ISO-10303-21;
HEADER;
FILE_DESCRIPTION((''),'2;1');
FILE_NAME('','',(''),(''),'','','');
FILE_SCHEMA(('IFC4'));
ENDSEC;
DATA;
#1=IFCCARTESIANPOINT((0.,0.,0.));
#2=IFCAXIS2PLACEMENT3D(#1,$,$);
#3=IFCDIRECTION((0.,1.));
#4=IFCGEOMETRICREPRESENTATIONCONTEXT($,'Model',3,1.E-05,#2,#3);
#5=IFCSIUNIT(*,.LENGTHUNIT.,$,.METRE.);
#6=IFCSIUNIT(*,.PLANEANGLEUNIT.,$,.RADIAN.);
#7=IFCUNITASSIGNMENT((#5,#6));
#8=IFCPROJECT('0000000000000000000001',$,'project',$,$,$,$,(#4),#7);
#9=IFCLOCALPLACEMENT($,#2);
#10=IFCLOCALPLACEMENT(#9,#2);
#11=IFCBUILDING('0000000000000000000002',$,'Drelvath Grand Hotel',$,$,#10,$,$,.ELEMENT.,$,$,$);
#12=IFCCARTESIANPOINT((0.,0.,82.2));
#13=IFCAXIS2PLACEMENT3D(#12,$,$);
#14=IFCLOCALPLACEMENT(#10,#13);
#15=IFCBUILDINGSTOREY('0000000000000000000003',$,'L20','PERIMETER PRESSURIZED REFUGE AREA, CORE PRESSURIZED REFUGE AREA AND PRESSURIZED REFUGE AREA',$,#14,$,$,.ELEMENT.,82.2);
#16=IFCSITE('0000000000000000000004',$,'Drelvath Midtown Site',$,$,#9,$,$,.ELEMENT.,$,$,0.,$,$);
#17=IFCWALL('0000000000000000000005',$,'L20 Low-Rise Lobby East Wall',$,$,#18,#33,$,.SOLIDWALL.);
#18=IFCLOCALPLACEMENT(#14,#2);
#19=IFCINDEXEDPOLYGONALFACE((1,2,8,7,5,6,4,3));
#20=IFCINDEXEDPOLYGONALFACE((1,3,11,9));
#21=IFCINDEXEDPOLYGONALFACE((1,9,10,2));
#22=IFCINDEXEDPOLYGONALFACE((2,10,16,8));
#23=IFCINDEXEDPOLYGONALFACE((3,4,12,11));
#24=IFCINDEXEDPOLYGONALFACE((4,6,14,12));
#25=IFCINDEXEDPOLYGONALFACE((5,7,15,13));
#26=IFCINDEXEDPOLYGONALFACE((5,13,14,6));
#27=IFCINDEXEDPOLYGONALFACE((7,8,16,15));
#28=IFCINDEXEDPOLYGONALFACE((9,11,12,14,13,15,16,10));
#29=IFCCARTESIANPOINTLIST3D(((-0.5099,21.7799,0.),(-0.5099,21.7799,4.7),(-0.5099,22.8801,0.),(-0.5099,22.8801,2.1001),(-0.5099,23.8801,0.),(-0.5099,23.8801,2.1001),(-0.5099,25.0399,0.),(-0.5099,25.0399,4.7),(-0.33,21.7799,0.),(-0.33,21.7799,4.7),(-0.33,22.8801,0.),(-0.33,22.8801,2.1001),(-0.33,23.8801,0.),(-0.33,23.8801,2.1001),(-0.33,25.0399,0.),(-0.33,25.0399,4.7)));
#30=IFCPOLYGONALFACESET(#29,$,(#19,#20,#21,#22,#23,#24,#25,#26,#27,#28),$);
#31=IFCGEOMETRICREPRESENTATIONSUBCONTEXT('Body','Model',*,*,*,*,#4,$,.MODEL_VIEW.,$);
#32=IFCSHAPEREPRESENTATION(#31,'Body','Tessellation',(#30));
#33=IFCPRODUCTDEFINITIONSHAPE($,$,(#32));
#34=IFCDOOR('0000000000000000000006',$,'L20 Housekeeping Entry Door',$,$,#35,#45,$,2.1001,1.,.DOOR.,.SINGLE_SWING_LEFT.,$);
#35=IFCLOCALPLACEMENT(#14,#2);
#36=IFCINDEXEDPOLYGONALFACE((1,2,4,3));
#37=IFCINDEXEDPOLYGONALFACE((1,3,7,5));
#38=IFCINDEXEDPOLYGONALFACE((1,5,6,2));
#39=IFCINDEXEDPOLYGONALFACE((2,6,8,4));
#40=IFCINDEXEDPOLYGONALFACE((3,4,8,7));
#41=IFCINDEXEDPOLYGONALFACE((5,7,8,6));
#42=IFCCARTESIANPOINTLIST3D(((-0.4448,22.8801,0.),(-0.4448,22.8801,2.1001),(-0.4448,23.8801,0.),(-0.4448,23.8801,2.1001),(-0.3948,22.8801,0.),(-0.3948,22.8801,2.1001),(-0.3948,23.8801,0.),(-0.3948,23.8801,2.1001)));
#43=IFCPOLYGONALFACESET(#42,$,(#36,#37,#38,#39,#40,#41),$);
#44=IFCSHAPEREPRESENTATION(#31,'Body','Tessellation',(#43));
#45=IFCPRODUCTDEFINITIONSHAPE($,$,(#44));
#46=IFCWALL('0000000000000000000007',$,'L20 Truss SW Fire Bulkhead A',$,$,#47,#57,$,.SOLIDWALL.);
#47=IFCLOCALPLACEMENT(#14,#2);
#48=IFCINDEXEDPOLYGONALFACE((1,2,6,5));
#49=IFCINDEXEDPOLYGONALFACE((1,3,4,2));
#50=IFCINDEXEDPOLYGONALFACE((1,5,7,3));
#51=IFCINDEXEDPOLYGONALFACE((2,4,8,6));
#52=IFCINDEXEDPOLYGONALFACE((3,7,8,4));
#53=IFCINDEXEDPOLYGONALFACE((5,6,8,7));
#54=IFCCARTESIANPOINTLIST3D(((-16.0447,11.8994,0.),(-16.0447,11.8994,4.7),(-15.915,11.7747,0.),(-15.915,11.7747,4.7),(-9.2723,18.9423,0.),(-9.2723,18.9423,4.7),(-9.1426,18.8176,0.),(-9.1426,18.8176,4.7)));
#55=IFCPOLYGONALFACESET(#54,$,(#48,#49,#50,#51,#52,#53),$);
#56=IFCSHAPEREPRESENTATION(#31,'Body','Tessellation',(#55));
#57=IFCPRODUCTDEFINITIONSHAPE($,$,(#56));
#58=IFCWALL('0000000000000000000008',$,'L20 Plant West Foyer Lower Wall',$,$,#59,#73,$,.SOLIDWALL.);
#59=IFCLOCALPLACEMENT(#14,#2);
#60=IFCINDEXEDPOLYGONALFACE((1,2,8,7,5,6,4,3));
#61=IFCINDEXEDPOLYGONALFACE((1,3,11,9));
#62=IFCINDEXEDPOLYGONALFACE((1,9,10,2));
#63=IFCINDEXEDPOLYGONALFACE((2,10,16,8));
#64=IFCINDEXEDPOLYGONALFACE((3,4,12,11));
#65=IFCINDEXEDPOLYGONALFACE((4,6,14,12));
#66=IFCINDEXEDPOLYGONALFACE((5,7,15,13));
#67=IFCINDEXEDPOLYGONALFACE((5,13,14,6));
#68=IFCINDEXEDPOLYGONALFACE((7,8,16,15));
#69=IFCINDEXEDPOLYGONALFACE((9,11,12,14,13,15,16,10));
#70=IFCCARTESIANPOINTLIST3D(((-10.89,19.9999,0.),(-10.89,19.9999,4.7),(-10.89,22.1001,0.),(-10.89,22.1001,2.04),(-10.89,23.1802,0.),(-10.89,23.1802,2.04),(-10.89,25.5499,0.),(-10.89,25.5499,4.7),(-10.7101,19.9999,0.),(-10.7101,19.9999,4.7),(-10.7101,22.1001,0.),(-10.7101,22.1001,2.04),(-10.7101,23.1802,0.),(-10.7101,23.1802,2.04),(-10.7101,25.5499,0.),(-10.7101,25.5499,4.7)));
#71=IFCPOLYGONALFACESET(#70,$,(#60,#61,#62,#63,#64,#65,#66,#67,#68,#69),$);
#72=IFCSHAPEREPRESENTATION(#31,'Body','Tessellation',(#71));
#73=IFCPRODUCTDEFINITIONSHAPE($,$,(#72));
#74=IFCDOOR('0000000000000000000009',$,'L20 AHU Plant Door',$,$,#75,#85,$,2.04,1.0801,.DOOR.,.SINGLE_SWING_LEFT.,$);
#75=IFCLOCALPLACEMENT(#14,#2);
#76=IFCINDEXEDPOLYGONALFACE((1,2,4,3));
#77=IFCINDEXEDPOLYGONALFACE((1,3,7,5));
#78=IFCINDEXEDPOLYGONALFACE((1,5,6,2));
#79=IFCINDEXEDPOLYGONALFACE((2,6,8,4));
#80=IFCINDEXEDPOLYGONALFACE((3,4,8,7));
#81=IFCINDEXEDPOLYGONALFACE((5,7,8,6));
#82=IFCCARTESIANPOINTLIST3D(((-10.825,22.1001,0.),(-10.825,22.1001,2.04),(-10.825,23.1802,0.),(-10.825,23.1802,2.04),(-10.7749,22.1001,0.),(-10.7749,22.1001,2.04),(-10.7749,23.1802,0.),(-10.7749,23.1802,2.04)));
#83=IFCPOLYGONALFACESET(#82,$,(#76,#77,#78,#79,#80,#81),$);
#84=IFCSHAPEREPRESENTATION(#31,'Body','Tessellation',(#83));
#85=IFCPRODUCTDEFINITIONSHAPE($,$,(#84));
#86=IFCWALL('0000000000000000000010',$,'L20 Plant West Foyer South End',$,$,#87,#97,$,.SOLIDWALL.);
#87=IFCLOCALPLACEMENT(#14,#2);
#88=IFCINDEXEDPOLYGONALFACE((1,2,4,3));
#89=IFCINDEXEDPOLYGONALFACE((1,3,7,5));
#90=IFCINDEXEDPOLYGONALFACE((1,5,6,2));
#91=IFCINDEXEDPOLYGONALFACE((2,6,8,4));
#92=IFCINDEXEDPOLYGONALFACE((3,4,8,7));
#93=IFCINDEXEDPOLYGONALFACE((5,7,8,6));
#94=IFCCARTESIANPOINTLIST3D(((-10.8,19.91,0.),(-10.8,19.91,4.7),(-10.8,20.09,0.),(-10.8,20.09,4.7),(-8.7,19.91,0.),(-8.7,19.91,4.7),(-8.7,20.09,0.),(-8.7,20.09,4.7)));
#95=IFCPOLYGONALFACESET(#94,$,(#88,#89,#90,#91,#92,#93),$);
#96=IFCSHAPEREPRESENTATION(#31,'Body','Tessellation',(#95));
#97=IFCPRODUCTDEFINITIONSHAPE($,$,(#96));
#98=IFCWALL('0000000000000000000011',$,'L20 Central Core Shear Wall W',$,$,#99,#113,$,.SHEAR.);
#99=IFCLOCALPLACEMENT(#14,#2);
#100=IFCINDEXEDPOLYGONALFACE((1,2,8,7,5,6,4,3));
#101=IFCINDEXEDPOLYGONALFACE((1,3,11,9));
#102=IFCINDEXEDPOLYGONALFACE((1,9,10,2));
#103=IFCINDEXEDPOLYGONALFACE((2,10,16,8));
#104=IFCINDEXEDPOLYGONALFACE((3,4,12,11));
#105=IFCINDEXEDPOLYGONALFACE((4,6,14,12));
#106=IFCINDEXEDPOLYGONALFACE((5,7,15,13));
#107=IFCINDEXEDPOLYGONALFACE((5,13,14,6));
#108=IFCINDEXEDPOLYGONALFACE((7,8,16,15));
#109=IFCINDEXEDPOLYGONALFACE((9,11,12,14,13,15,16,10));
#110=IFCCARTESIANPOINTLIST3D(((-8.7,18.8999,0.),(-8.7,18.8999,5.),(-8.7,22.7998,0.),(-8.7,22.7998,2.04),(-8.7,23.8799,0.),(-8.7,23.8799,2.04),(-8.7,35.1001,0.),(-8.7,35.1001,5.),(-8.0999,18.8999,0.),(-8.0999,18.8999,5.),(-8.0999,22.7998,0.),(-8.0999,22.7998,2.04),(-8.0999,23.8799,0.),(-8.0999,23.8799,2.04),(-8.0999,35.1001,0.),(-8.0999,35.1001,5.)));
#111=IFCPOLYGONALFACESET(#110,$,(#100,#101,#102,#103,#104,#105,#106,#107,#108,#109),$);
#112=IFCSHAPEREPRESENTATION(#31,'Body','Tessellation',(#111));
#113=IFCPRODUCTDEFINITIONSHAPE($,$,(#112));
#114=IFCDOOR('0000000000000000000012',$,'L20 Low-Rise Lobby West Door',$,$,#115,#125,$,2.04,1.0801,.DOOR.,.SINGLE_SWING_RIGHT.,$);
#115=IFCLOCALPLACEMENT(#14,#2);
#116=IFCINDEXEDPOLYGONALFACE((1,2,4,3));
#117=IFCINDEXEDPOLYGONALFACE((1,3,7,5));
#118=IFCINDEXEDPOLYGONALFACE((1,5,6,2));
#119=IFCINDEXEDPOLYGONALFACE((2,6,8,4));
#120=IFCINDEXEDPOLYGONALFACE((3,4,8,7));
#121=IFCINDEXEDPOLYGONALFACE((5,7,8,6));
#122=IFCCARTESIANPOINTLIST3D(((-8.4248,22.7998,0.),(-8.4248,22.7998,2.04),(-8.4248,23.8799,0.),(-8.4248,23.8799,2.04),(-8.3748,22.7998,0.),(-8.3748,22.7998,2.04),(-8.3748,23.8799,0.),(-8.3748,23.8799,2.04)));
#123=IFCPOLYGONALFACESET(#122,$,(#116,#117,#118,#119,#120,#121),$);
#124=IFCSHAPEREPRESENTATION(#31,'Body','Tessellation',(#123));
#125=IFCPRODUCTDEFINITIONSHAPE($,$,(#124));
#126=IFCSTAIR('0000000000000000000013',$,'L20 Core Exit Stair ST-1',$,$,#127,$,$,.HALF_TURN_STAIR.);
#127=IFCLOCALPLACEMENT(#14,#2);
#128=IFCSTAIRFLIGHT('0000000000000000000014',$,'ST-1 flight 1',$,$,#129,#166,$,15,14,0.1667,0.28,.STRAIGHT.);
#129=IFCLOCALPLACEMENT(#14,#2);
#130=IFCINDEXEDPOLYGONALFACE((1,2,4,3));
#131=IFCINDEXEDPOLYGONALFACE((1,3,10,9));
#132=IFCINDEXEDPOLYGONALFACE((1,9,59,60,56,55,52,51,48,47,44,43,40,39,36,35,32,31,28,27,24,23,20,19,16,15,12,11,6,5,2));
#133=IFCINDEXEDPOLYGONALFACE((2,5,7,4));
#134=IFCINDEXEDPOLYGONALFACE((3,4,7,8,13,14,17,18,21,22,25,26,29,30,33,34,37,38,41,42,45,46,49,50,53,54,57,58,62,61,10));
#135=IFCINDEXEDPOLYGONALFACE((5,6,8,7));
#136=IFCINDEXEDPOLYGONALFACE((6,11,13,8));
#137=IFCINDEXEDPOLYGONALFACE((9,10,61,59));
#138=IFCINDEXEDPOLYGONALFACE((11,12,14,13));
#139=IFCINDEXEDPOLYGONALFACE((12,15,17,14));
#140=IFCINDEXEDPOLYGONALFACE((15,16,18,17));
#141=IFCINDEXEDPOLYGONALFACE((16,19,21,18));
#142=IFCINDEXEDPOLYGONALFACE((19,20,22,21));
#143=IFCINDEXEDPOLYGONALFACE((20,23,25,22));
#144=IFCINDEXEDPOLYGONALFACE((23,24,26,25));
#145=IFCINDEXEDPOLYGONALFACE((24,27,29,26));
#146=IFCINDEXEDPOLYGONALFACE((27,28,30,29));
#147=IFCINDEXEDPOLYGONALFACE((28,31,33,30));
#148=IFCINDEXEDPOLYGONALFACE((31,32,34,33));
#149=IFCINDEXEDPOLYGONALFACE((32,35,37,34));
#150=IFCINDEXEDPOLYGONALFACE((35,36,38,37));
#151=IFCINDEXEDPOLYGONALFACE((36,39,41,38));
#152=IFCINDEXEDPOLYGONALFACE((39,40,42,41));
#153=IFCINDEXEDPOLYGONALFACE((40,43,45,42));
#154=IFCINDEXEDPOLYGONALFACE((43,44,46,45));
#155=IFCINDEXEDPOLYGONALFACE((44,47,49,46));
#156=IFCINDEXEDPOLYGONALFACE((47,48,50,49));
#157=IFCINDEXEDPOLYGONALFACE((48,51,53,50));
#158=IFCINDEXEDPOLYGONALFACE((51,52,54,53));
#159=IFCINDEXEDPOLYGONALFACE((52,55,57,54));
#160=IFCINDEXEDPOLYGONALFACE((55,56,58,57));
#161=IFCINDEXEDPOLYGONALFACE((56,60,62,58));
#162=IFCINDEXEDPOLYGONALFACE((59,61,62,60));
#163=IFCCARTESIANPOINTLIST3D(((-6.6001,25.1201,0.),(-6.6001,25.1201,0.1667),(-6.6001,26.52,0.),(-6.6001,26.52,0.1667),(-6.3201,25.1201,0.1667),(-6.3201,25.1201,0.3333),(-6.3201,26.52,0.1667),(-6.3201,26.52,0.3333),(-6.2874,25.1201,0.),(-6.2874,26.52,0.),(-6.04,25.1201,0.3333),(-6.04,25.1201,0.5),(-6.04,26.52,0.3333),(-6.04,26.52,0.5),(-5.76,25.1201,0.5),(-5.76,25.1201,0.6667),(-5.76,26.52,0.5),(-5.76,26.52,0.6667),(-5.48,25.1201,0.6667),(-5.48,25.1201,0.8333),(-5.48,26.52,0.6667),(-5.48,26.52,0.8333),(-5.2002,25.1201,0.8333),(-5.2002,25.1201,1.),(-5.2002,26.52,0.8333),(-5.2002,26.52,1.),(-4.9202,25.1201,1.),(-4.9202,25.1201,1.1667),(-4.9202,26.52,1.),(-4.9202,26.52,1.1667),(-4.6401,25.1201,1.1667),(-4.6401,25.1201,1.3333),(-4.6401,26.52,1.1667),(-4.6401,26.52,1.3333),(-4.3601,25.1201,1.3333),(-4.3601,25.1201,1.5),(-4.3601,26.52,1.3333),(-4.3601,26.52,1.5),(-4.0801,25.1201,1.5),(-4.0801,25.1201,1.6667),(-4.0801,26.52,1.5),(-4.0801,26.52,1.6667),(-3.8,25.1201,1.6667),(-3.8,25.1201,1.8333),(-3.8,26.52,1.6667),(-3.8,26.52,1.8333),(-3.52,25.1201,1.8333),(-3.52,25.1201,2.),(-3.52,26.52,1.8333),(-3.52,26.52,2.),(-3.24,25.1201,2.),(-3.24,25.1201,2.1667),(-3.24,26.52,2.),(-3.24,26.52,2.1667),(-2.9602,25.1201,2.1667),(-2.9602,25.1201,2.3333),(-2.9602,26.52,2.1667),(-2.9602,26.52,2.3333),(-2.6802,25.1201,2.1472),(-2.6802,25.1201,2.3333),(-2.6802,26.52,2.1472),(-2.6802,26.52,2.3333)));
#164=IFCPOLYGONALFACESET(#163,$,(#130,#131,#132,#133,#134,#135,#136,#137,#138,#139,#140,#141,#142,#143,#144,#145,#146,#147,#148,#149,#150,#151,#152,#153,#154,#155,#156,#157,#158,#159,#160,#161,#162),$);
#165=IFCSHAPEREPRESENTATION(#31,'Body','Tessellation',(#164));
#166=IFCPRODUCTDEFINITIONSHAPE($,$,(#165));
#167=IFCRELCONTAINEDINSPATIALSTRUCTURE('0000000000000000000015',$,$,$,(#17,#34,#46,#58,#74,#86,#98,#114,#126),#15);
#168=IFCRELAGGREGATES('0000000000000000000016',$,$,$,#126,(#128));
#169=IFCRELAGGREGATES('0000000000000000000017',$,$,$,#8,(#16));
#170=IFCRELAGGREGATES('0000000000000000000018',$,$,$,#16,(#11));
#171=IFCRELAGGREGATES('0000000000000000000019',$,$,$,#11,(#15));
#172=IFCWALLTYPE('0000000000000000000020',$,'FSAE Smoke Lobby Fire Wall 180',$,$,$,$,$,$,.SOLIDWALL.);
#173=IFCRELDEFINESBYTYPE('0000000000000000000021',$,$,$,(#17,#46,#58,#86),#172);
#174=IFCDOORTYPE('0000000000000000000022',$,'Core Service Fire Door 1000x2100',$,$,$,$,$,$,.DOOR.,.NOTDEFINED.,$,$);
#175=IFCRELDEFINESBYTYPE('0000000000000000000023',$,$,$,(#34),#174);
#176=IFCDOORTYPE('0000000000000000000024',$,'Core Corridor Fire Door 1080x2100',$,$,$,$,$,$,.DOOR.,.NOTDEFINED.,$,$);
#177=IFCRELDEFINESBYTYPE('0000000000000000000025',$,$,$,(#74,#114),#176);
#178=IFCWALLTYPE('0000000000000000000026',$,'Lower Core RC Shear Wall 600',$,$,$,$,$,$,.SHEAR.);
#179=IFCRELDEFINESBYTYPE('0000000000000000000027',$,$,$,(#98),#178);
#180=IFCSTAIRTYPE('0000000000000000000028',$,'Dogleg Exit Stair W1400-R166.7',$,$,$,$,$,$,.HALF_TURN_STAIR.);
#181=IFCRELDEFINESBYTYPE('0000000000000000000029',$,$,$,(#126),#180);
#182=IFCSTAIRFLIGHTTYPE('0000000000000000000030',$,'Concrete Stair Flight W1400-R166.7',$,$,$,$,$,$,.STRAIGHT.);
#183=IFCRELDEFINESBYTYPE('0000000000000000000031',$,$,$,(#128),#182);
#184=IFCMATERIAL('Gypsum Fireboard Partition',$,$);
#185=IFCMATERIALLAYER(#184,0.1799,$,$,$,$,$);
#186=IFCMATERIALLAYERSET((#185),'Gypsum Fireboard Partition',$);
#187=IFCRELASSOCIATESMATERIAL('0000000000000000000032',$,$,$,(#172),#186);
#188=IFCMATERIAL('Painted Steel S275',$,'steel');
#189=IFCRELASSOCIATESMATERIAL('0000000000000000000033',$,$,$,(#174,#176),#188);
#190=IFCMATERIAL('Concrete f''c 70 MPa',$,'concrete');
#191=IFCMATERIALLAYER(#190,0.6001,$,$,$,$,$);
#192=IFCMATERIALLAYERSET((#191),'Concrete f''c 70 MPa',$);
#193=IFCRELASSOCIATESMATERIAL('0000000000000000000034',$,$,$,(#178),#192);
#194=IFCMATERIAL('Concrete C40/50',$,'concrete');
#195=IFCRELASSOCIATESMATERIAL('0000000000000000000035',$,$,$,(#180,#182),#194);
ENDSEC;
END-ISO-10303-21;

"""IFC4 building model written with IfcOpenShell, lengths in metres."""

from ifc_helpers import new_model, si_unit, direction, frame, frame_2d, origin, place, context, subcontext, project, spatial, polyline, rectangle, outline, extrude, material, layer, layer_set, type_object, element, fill, aggregate, save


model = new_model("IFC4")

# Units and contexts
model_context = context("Model", 3, precision=1e-05, world=origin(), true_north=direction((0.0, 1.0)))
body_context = subcontext(model_context, "Body", "Model", "MODEL_VIEW")
ifc_project = project(units=[si_unit("LENGTHUNIT", "METRE"), si_unit("PLANEANGLEUNIT", "RADIAN")], contexts=[model_context])

# Site, building, storey
site_placement = place(None, origin())
site = spatial("IfcSite", under=ifc_project, at=site_placement, Name="Drelvath Midtown Site", CompositionType="ELEMENT", RefElevation=0.0)
building_placement = place(site_placement, origin())
building = spatial("IfcBuilding", under=site, at=building_placement, Name="Drelvath Grand Hotel", CompositionType="ELEMENT")
storey_placement = place(building_placement, frame((0.0, 0.0, 82.2)))
storey = spatial("IfcBuildingStorey", under=building, at=storey_placement, Name="L20", Description="PERIMETER PRESSURIZED REFUGE AREA, CORE PRESSURIZED REFUGE AREA AND PRESSURIZED REFUGE AREA", CompositionType="ELEMENT", Elevation=82.2)

# Shared definitions
ifc_material_1 = material(Name="Concrete f'c 70 MPa", Category="concrete")

# Shared definitions
ifc_material_2 = material(Name="Concrete C40/50", Category="concrete")

# Shared definitions
ifc_material_3 = material(Name="Painted Steel S275", Category="steel")

# Shared definitions
ifc_material_4 = material(Name="Gypsum Fireboard Partition")

# Wall, opening, door
ifc_layer_1 = layer(ifc_material_4, 0.1799)
ifc_layer_set_1 = layer_set([ifc_layer_1], Name="Gypsum Fireboard Partition")
wall_type_1 = type_object("IfcWallType", Name="FSAE Smoke Lobby Fire Wall 180", PredefinedType="SOLIDWALL", material=ifc_layer_set_1)
wall_1_placement = place(storey_placement, frame((-0.4199, 21.78, 0.0), z_axis=(0.0, 0.0, 1.0), x_axis=(0.0, 1.0, 0.0)))
wall_1 = element("IfcWall", 1, at=wall_1_placement, inside=storey, type_object=wall_type_1, Name="L20 Low-Rise Lobby East Wall", PredefinedType="SOLIDWALL", context=body_context, shape_type="SweptSolid", body=[
    extrude(rectangle(XDim=3.26, YDim=0.1799, at=frame_2d((1.6299, 0.0))), origin(), (0.0, 0.0, 1.0), 4.7),
])
opening_1_placement = place(wall_1_placement, frame((1.1001, 0.0, 0.0)))
opening_1 = element("IfcOpeningElement", 2, at=opening_1_placement, cuts=wall_1, PredefinedType="OPENING", context=body_context, shape_type="SweptSolid", body=[
    extrude(rectangle(XDim=1.0, YDim=2.1001, at=frame_2d((0.5, 1.05))), frame((0.0, 0.0999, 0.0), z_axis=(0.0, -1.0, 0.0), x_axis=(1.0, 0.0, 0.0)), (0.0, 0.0, 1.0), 0.2),
])
door_type_1 = type_object("IfcDoorType", Name="Core Service Fire Door 1000x2100", OperationType="NOTDEFINED", PredefinedType="DOOR", material=ifc_material_3)
door_1_placement = place(opening_1_placement, origin())
door_1 = element("IfcDoor", 3, at=door_1_placement, inside=storey, type_object=door_type_1, Name="L20 Housekeeping Entry Door", OperationType="SINGLE_SWING_LEFT", OverallHeight=2.1001, OverallWidth=1.0, PredefinedType="DOOR", context=body_context, shape_type="SweptSolid", body=[
    extrude(rectangle(XDim=1.0, YDim=2.1001, at=frame_2d((0.5, 1.05))), frame((0.0, 0.0249, 0.0), z_axis=(0.0, -1.0, 0.0), x_axis=(1.0, 0.0, 0.0)), (0.0, 0.0, 1.0), 0.05),
])
fill(opening_1, door_1)

# Wall
wall_2_placement = place(storey_placement, frame((-9.2075, 18.8799, 0.0), z_axis=(0.0, 0.0, 1.0), x_axis=(-0.693129, -0.720814, 0.0)))
element("IfcWall", 4, at=wall_2_placement, inside=storey, type_object=wall_type_1, Name="L20 Truss SW Fire Bulkhead A", PredefinedType="SOLIDWALL", context=body_context, shape_type="SweptSolid", body=[
    extrude(rectangle(XDim=9.7708, YDim=0.1799, at=frame_2d((4.8853, 0.0))), origin(), (0.0, 0.0, 1.0), 4.7),
])

# Wall, opening, door
wall_3_placement = place(storey_placement, frame((-10.8, 20.0, 0.0), z_axis=(0.0, 0.0, 1.0), x_axis=(0.0, 1.0, 0.0)))
wall_3 = element("IfcWall", 5, at=wall_3_placement, inside=storey, type_object=wall_type_1, Name="L20 Plant West Foyer Lower Wall", PredefinedType="SOLIDWALL", context=body_context, shape_type="SweptSolid", body=[
    extrude(rectangle(XDim=5.55, YDim=0.1799, at=frame_2d((2.7749, 0.0))), origin(), (0.0, 0.0, 1.0), 4.7),
])
opening_2_placement = place(wall_3_placement, frame((2.1001, 0.0, 0.0)))
opening_2 = element("IfcOpeningElement", 6, at=opening_2_placement, cuts=wall_3, PredefinedType="OPENING", context=body_context, shape_type="SweptSolid", body=[
    extrude(rectangle(XDim=1.0801, YDim=2.04, at=frame_2d((0.54, 1.02))), frame((0.0, 0.0999, 0.0), z_axis=(0.0, -1.0, 0.0), x_axis=(1.0, 0.0, 0.0)), (0.0, 0.0, 1.0), 0.2),
])
door_type_2 = type_object("IfcDoorType", Name="Core Corridor Fire Door 1080x2100", OperationType="NOTDEFINED", PredefinedType="DOOR", material=ifc_material_3)
door_2_placement = place(opening_2_placement, origin())
door_2 = element("IfcDoor", 7, at=door_2_placement, inside=storey, type_object=door_type_2, Name="L20 AHU Plant Door", OperationType="SINGLE_SWING_LEFT", OverallHeight=2.04, OverallWidth=1.0801, PredefinedType="DOOR", context=body_context, shape_type="SweptSolid", body=[
    extrude(rectangle(XDim=1.0801, YDim=2.04, at=frame_2d((0.54, 1.02))), frame((0.0, 0.0249, 0.0), z_axis=(0.0, -1.0, 0.0), x_axis=(1.0, 0.0, 0.0)), (0.0, 0.0, 1.0), 0.05),
])
fill(opening_2, door_2)

# Wall
wall_4_placement = place(storey_placement, frame((-10.8, 20.0, 0.0), z_axis=(0.0, 0.0, 1.0), x_axis=(1.0, 0.0, 0.0)))
element("IfcWall", 8, at=wall_4_placement, inside=storey, type_object=wall_type_1, Name="L20 Plant West Foyer South End", PredefinedType="SOLIDWALL", context=body_context, shape_type="SweptSolid", body=[
    extrude(rectangle(XDim=2.1001, YDim=0.1799, at=frame_2d((1.05, 0.0))), origin(), (0.0, 0.0, 1.0), 4.7),
])

# Wall, opening, door
ifc_layer_2 = layer(ifc_material_1, 0.6001)
ifc_layer_set_2 = layer_set([ifc_layer_2], Name="Concrete f'c 70 MPa")
wall_type_2 = type_object("IfcWallType", Name="Lower Core RC Shear Wall 600", PredefinedType="SHEAR", material=ifc_layer_set_2)
wall_5_placement = place(storey_placement, frame((-8.3999, 18.8999, 0.0), z_axis=(0.0, 0.0, 1.0), x_axis=(0.0, 1.0, 0.0)))
wall_5 = element("IfcWall", 9, at=wall_5_placement, inside=storey, type_object=wall_type_2, Name="L20 Central Core Shear Wall W", PredefinedType="SHEAR", context=body_context, shape_type="SweptSolid", body=[
    extrude(rectangle(XDim=16.2002, YDim=0.6001, at=frame_2d((8.1001, 0.0))), origin(), (0.0, 0.0, 1.0), 5.0),
])
opening_3_placement = place(wall_5_placement, frame((3.8999, 0.0, 0.0)))
opening_3 = element("IfcOpeningElement", 10, at=opening_3_placement, cuts=wall_5, PredefinedType="OPENING", context=body_context, shape_type="SweptSolid", body=[
    extrude(rectangle(XDim=1.0801, YDim=2.04, at=frame_2d((0.54, 1.02))), frame((0.0, 0.3101, 0.0), z_axis=(0.0, -1.0, 0.0), x_axis=(1.0, 0.0, 0.0)), (0.0, 0.0, 1.0), 0.6201),
])
door_3_placement = place(opening_3_placement, origin())
door_3 = element("IfcDoor", 11, at=door_3_placement, inside=storey, type_object=door_type_2, Name="L20 Low-Rise Lobby West Door", OperationType="SINGLE_SWING_RIGHT", OverallHeight=2.04, OverallWidth=1.0801, PredefinedType="DOOR", context=body_context, shape_type="SweptSolid", body=[
    extrude(rectangle(XDim=1.0801, YDim=2.04, at=frame_2d((0.54, 1.02))), frame((0.0, 0.0249, 0.0), z_axis=(0.0, -1.0, 0.0), x_axis=(1.0, 0.0, 0.0)), (0.0, 0.0, 1.0), 0.05),
])
fill(opening_3, door_3)

# Stair, stair flight
stair_type = type_object("IfcStairType", Name="Dogleg Exit Stair W1400-R166.7", PredefinedType="HALF_TURN_STAIR", material=ifc_material_2)
stair_placement = place(storey_placement, origin())
stair = element("IfcStair", 12, at=stair_placement, inside=storey, type_object=stair_type, Name="L20 Core Exit Stair ST-1", PredefinedType="HALF_TURN_STAIR")
stair_flight_type = type_object("IfcStairFlightType", Name="Concrete Stair Flight W1400-R166.7", PredefinedType="STRAIGHT", material=ifc_material_2)
stair_flight_placement = place(storey_placement, frame((-6.6001, 25.8201, 0.0), z_axis=(0.0, 0.0, 1.0), x_axis=(1.0, 0.0, 0.0)))
stair_flight = element("IfcStairFlight", 13, at=stair_flight_placement, type_object=stair_flight_type, Name="ST-1 flight 1", NumberOfRisers=15, NumberOfTreads=14, PredefinedType="STRAIGHT", RiserHeight=0.1667, TreadLength=0.28, context=body_context, shape_type="SweptSolid", body=[
    extrude(outline(polyline([(0.0, 0.0), (0.0, 0.1667), (0.28, 0.1667), (0.28, 0.3333), (0.5601, 0.3333), (0.5601, 0.5), (0.8401, 0.5), (0.8401, 0.6667), (1.1201, 0.6667), (1.1201, 0.8333), (1.3999, 0.8333), (1.3999, 1.0), (1.6799, 1.0), (1.6799, 1.1667), (1.96, 1.1667), (1.96, 1.3333), (2.24, 1.3333), (2.24, 1.5), (2.52, 1.5), (2.52, 1.6667), (2.8, 1.6667), (2.8, 1.8333), (3.0801, 1.8333), (3.0801, 2.0), (3.3601, 2.0), (3.3601, 2.1667), (3.6399, 2.1667), (3.6399, 2.3333), (3.9199, 2.3333), (3.9199, 2.5), (3.9199, 2.1472), (0.3127, 0.0), (0.0, 0.0)])), frame((0.0, 0.7, 0.0), z_axis=(0.0, -1.0, 0.0), x_axis=(1.0, 0.0, 0.0)), (0.0, 0.0, 1.0), 1.3999),
])
aggregate(stair, [stair_flight])

save(model, "model.ifc")
